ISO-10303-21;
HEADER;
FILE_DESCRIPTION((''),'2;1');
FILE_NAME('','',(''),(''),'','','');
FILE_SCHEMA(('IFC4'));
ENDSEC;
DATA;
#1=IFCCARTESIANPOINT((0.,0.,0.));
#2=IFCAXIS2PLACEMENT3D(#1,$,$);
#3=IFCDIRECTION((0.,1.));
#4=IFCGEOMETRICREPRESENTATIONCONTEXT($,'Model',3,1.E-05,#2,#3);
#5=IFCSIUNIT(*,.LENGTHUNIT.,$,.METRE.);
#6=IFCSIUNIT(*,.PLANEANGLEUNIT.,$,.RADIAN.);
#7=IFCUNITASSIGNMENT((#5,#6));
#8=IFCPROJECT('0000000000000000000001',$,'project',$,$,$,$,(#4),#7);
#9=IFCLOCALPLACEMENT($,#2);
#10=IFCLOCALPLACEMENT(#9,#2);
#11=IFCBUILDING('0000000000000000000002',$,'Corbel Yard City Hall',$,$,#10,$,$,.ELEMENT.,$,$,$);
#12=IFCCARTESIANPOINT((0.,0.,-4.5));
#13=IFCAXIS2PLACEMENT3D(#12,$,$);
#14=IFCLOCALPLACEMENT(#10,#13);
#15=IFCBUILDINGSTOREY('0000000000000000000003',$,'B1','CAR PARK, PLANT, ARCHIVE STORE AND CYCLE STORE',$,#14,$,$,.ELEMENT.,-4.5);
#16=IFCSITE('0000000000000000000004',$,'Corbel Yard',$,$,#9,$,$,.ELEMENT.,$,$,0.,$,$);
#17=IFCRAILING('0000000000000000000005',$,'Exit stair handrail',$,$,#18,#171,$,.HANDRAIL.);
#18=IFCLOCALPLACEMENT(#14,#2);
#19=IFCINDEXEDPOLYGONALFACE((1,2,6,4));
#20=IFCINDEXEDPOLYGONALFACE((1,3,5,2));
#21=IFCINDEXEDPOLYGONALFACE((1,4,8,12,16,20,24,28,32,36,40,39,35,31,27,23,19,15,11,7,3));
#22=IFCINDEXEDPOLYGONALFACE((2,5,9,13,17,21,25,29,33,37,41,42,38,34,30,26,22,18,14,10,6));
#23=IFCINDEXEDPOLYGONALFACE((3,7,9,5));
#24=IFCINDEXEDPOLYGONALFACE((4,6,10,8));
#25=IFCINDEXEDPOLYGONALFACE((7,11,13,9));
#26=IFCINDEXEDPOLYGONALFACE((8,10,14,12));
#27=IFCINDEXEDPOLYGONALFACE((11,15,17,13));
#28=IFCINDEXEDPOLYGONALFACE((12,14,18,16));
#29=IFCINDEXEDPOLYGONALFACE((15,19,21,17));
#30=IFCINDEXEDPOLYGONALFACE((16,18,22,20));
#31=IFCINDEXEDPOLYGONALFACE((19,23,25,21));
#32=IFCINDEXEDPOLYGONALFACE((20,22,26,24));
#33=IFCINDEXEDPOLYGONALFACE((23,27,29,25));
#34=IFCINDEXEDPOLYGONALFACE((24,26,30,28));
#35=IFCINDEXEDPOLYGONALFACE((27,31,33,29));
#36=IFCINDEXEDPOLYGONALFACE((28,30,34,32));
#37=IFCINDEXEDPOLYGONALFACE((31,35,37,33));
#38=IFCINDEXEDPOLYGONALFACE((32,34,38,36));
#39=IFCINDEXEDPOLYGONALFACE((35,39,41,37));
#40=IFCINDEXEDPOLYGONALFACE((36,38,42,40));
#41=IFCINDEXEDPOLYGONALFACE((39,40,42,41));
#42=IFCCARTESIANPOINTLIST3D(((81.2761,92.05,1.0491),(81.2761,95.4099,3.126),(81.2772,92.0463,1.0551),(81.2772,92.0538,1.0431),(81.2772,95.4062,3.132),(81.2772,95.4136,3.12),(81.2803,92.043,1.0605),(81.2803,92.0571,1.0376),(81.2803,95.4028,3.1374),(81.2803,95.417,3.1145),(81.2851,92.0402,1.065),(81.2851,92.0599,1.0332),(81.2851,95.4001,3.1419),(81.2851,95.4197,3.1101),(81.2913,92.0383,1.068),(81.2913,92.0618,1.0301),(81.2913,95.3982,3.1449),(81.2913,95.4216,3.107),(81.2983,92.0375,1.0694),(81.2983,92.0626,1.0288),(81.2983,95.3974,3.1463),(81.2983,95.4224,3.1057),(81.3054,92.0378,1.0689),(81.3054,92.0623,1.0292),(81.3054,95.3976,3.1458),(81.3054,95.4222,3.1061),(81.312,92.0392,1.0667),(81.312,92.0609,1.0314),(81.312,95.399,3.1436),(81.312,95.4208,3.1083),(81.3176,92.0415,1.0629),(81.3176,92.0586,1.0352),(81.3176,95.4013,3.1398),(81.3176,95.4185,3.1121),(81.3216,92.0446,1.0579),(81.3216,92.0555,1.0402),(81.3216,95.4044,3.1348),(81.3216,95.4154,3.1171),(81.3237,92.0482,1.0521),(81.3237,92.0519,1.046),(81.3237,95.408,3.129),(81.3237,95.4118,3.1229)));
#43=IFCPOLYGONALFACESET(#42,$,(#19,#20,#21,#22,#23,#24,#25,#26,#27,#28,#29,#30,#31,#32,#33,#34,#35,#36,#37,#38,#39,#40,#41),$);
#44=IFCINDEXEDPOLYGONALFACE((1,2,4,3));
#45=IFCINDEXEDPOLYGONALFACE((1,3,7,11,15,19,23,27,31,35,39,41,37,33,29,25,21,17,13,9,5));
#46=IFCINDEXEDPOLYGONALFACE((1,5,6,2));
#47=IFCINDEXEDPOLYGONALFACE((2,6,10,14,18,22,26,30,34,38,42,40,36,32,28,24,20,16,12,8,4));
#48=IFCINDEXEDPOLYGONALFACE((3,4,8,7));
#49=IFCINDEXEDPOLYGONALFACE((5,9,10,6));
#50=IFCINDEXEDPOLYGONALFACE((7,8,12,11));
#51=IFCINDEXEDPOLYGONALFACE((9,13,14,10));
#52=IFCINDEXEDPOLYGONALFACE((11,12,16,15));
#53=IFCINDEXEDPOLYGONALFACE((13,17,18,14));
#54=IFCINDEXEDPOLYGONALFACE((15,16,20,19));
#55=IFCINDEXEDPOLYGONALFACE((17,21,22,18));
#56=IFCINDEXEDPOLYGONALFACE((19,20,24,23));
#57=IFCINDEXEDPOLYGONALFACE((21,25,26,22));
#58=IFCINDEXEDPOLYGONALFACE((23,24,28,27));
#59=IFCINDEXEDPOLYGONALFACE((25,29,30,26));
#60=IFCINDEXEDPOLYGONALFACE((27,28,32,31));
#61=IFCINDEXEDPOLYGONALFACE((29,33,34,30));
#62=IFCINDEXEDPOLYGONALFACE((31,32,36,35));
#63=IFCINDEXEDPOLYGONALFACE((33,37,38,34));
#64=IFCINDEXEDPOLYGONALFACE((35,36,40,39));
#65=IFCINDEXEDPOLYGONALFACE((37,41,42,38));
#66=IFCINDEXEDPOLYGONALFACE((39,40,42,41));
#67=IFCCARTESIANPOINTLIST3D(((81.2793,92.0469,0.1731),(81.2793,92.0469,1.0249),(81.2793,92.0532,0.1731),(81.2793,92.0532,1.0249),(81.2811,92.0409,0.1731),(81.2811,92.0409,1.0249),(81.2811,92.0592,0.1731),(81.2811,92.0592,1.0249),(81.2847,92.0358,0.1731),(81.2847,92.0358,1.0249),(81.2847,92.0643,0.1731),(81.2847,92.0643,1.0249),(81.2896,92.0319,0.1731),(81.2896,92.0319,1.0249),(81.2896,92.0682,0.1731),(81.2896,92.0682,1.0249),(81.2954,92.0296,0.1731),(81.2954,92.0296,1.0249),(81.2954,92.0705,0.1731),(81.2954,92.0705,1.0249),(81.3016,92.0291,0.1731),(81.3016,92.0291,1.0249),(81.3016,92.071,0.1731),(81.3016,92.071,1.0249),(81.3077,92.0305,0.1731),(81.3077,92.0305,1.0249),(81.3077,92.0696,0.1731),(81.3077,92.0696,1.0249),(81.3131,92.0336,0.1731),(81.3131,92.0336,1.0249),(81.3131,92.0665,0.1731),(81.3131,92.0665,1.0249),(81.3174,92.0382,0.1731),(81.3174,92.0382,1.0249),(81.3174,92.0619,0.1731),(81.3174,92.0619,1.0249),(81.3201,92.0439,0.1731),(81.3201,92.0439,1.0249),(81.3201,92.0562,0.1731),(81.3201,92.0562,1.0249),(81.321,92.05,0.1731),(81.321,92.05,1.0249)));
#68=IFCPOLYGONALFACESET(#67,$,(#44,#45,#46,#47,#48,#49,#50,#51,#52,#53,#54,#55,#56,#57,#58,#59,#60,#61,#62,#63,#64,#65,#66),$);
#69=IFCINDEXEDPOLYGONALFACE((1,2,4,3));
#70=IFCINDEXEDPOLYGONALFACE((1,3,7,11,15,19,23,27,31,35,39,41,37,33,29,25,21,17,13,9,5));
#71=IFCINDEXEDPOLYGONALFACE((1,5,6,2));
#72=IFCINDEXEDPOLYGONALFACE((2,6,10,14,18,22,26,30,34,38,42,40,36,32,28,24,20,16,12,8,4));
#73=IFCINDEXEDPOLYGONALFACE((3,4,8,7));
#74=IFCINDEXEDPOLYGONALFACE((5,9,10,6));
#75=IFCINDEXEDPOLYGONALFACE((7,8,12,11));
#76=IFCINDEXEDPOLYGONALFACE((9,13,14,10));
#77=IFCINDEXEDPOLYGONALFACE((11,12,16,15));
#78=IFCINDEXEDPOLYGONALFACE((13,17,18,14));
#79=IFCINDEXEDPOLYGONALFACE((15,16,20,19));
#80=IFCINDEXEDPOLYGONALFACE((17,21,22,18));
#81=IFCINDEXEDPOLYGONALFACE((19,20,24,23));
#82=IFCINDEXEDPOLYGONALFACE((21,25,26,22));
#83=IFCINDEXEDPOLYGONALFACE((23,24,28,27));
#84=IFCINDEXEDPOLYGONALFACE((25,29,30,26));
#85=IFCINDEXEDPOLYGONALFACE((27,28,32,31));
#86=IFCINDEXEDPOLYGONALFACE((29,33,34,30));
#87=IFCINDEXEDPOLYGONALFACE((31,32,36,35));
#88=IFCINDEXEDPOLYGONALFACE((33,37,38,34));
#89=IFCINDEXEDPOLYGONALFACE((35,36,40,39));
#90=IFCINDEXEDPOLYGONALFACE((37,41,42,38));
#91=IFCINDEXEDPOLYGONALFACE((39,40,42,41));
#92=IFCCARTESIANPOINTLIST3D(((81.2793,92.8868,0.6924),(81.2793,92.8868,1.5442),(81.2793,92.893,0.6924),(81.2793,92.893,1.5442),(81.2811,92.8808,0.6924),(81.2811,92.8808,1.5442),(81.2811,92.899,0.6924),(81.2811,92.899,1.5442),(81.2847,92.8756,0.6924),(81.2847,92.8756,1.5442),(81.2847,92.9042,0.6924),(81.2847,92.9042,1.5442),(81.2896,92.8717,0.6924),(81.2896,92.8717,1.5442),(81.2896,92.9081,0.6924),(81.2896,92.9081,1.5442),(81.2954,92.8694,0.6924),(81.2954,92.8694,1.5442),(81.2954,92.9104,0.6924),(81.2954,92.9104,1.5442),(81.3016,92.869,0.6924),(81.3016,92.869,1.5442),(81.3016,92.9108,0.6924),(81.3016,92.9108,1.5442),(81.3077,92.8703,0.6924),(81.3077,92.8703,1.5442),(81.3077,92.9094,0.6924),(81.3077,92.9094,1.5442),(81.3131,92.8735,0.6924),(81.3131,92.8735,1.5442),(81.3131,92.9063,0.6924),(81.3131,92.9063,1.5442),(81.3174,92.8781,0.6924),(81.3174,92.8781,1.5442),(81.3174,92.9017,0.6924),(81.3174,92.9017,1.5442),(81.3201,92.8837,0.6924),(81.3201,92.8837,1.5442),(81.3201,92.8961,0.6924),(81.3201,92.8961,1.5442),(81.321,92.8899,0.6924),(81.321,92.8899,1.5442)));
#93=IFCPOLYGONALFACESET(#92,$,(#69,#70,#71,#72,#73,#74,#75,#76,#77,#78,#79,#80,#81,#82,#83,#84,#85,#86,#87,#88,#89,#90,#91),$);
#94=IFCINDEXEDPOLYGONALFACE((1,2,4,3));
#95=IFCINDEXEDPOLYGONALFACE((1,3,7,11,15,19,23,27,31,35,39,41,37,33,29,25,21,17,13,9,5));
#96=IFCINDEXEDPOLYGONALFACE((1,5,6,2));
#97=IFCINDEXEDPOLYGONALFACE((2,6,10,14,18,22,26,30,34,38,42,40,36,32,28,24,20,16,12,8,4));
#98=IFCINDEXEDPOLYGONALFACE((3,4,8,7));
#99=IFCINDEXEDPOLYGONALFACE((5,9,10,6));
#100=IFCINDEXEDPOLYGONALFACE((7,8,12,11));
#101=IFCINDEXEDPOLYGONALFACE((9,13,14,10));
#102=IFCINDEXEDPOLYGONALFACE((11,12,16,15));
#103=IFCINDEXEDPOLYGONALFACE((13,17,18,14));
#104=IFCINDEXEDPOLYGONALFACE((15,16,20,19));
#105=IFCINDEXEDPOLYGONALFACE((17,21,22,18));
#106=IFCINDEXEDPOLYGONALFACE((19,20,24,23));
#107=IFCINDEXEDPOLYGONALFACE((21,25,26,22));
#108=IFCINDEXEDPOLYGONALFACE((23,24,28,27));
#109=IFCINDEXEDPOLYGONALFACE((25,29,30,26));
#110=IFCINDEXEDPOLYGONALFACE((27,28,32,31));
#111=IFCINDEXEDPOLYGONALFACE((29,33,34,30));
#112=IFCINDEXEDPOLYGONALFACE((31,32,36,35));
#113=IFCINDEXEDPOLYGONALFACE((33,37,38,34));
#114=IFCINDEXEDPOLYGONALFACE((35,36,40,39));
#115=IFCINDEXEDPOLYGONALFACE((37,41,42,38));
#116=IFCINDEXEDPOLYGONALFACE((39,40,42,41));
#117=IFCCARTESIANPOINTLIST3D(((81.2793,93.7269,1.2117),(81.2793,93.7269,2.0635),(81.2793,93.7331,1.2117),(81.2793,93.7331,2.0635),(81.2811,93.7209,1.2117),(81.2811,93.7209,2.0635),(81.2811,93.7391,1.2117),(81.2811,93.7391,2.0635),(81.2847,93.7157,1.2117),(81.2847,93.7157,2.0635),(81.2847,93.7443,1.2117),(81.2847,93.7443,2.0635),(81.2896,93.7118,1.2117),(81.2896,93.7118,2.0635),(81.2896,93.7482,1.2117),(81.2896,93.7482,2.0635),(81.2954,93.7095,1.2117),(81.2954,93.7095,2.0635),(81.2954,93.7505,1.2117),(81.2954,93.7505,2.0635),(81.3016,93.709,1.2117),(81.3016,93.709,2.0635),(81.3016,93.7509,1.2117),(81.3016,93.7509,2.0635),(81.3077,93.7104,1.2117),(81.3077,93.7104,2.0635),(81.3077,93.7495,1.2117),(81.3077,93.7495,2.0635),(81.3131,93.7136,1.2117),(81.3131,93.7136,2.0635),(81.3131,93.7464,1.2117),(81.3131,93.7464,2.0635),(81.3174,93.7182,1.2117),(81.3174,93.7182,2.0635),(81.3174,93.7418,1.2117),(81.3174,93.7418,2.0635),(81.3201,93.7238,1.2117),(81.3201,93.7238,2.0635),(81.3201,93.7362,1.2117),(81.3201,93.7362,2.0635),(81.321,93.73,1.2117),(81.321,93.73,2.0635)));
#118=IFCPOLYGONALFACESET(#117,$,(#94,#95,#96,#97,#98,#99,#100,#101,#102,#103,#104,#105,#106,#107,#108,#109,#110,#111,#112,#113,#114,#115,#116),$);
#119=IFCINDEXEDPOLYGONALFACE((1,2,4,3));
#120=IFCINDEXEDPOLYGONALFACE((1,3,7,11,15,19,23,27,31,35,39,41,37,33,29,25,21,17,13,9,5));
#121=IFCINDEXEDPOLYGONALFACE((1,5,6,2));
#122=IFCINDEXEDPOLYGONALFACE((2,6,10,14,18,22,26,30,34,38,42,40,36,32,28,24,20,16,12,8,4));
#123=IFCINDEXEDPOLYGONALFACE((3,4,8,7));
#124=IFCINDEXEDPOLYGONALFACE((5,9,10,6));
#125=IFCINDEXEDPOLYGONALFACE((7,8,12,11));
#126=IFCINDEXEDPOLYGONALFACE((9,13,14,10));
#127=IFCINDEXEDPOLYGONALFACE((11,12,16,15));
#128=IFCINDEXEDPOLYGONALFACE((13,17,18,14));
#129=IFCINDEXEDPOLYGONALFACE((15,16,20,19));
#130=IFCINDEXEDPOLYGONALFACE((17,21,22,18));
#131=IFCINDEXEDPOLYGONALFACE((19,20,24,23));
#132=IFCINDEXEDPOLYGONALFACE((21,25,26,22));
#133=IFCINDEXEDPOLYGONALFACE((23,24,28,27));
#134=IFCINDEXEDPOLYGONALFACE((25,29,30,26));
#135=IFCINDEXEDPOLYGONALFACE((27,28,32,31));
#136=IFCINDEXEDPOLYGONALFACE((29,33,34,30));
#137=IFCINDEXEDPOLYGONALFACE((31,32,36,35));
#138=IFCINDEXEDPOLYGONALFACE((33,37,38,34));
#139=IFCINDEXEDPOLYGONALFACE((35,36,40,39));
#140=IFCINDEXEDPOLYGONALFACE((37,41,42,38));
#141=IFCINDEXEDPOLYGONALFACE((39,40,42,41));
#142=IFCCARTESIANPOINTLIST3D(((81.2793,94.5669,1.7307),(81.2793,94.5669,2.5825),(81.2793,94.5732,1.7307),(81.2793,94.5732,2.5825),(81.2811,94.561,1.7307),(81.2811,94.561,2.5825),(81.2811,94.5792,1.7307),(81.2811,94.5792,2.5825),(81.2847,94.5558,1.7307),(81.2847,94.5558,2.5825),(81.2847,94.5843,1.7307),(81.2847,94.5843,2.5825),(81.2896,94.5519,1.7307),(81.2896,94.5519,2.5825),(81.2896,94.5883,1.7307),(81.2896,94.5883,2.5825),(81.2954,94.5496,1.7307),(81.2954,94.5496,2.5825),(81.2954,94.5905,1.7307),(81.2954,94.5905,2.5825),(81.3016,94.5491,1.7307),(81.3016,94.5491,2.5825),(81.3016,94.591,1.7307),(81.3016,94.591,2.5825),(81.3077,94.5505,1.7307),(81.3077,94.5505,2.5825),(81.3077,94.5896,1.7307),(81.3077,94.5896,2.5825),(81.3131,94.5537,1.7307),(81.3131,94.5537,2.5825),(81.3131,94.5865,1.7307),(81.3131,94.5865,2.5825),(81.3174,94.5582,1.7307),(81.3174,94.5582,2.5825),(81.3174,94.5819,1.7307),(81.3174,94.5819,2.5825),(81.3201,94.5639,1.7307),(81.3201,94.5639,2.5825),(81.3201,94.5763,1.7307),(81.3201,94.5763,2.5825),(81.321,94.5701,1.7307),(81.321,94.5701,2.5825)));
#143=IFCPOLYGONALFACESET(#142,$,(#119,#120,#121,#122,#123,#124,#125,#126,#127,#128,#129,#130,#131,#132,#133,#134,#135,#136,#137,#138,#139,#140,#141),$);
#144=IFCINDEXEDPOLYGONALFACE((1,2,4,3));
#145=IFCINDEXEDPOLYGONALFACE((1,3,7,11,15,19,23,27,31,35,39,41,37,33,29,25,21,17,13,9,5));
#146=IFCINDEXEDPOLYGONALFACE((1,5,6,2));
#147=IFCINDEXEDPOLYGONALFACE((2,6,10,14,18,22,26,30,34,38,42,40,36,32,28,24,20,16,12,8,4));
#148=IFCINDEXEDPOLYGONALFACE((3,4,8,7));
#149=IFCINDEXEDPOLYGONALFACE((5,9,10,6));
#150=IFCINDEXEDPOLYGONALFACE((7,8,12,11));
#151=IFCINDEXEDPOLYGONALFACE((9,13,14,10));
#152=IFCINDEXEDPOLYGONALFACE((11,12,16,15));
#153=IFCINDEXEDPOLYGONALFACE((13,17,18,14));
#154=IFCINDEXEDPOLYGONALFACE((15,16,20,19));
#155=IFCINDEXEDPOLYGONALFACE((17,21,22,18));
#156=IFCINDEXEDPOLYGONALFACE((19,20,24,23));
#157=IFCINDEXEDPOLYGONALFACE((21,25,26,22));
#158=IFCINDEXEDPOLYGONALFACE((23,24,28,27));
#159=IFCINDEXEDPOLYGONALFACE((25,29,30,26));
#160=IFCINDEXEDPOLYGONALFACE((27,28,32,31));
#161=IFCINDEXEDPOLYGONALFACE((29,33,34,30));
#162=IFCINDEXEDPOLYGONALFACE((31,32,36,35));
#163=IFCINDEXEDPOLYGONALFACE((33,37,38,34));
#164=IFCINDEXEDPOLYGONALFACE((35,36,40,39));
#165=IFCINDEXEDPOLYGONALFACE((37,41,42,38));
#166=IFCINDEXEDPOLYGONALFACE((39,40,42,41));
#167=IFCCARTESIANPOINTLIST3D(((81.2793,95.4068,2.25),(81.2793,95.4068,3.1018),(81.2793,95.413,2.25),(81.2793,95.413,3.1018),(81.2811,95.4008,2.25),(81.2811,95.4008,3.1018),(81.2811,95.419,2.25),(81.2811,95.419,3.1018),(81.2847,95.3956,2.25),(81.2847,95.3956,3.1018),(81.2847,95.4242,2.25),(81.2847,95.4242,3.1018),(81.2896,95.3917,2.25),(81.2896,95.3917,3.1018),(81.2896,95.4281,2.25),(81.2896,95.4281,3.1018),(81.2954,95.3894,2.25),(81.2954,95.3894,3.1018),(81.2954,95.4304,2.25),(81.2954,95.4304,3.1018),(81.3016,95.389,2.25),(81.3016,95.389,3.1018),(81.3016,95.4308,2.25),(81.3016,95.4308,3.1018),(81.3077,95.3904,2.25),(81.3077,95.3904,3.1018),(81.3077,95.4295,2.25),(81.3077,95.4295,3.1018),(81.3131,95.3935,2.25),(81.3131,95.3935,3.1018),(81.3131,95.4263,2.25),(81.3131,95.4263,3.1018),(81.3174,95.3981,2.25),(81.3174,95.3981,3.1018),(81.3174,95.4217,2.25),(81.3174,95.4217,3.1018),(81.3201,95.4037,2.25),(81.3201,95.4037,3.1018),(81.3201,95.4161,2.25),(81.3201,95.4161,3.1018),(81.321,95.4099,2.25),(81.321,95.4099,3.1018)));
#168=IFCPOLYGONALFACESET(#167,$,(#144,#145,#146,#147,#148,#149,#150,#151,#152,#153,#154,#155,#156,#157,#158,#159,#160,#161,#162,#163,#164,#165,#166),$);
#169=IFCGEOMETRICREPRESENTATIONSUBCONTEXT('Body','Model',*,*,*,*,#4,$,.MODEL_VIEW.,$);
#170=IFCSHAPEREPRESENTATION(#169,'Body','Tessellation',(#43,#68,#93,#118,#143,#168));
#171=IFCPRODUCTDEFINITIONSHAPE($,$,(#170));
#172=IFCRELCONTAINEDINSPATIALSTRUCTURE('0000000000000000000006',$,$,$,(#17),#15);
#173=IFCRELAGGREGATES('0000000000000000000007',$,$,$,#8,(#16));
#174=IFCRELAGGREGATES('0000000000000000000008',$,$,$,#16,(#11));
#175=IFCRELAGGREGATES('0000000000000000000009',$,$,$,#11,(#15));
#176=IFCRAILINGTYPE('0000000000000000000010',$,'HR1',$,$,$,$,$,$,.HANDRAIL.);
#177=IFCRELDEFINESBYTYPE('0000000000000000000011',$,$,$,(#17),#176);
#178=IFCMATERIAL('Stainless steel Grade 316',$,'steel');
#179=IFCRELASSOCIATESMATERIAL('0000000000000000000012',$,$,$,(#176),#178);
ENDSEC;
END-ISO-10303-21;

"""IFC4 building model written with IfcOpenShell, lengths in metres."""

from ifc_helpers import new_model, si_unit, direction, frame, origin, origin_2d, place, context, subcontext, project, spatial, circle, extrude, material, type_object, element, save


model = new_model("IFC4")

# Units and contexts
model_context = context("Model", 3, precision=1e-05, world=origin(), true_north=direction((0.0, 1.0)))
body_context = subcontext(model_context, "Body", "Model", "MODEL_VIEW")
ifc_project = project(units=[si_unit("LENGTHUNIT", "METRE"), si_unit("PLANEANGLEUNIT", "RADIAN")], contexts=[model_context])

# Site, building, storey
site_placement = place(None, origin())
site = spatial("IfcSite", under=ifc_project, at=site_placement, Name="Corbel Yard", CompositionType="ELEMENT", RefElevation=0.0)
building_placement = place(site_placement, origin())
building = spatial("IfcBuilding", under=site, at=building_placement, Name="Corbel Yard City Hall", CompositionType="ELEMENT")
storey_placement = place(building_placement, frame((0.0, 0.0, -4.5)))
storey = spatial("IfcBuildingStorey", under=building, at=storey_placement, Name="B1", Description="CAR PARK, PLANT, ARCHIVE STORE AND CYCLE STORE", CompositionType="ELEMENT", Elevation=-4.5)

# Railing
ifc_material_1 = material(Name="Stainless steel Grade 316", Category="steel")
railing_type = type_object("IfcRailingType", Name="HR1", PredefinedType="HANDRAIL", material=ifc_material_1)
for number, where, name in (
    (1, (81.3, 92.05, 0.1731), "Exit stair handrail"),
):
    element("IfcRailing", number, at=place(storey_placement, frame(where)), inside=storey, type_object=railing_type, Name=name, PredefinedType="HANDRAIL", context=body_context, shape_type="SweptSolid", body=[
        extrude(circle(Radius=0.0239, at=origin_2d()), frame((0.0, 0.0, 0.876), z_axis=(0.0, 0.850606, 0.525803), x_axis=(-1.0, 0.0, 0.0)), (0.0, 0.0, 1.0), 3.95),
        extrude(circle(Radius=0.021, at=origin_2d()), origin(), (0.0, 0.0, 1.0), 0.8518),
        extrude(circle(Radius=0.021, at=origin_2d()), frame((0.0, 0.8398, 0.5193)), (0.0, 0.0, 1.0), 0.8518),
        extrude(circle(Radius=0.021, at=origin_2d()), frame((0.0, 1.6799, 1.0386)), (0.0, 0.0, 1.0), 0.8518),
        extrude(circle(Radius=0.021, at=origin_2d()), frame((0.0, 2.52, 1.5576)), (0.0, 0.0, 1.0), 0.8518),
        extrude(circle(Radius=0.021, at=origin_2d()), frame((0.0, 3.3599, 2.0769)), (0.0, 0.0, 1.0), 0.8518),
    ])

save(model, "model.ifc")
